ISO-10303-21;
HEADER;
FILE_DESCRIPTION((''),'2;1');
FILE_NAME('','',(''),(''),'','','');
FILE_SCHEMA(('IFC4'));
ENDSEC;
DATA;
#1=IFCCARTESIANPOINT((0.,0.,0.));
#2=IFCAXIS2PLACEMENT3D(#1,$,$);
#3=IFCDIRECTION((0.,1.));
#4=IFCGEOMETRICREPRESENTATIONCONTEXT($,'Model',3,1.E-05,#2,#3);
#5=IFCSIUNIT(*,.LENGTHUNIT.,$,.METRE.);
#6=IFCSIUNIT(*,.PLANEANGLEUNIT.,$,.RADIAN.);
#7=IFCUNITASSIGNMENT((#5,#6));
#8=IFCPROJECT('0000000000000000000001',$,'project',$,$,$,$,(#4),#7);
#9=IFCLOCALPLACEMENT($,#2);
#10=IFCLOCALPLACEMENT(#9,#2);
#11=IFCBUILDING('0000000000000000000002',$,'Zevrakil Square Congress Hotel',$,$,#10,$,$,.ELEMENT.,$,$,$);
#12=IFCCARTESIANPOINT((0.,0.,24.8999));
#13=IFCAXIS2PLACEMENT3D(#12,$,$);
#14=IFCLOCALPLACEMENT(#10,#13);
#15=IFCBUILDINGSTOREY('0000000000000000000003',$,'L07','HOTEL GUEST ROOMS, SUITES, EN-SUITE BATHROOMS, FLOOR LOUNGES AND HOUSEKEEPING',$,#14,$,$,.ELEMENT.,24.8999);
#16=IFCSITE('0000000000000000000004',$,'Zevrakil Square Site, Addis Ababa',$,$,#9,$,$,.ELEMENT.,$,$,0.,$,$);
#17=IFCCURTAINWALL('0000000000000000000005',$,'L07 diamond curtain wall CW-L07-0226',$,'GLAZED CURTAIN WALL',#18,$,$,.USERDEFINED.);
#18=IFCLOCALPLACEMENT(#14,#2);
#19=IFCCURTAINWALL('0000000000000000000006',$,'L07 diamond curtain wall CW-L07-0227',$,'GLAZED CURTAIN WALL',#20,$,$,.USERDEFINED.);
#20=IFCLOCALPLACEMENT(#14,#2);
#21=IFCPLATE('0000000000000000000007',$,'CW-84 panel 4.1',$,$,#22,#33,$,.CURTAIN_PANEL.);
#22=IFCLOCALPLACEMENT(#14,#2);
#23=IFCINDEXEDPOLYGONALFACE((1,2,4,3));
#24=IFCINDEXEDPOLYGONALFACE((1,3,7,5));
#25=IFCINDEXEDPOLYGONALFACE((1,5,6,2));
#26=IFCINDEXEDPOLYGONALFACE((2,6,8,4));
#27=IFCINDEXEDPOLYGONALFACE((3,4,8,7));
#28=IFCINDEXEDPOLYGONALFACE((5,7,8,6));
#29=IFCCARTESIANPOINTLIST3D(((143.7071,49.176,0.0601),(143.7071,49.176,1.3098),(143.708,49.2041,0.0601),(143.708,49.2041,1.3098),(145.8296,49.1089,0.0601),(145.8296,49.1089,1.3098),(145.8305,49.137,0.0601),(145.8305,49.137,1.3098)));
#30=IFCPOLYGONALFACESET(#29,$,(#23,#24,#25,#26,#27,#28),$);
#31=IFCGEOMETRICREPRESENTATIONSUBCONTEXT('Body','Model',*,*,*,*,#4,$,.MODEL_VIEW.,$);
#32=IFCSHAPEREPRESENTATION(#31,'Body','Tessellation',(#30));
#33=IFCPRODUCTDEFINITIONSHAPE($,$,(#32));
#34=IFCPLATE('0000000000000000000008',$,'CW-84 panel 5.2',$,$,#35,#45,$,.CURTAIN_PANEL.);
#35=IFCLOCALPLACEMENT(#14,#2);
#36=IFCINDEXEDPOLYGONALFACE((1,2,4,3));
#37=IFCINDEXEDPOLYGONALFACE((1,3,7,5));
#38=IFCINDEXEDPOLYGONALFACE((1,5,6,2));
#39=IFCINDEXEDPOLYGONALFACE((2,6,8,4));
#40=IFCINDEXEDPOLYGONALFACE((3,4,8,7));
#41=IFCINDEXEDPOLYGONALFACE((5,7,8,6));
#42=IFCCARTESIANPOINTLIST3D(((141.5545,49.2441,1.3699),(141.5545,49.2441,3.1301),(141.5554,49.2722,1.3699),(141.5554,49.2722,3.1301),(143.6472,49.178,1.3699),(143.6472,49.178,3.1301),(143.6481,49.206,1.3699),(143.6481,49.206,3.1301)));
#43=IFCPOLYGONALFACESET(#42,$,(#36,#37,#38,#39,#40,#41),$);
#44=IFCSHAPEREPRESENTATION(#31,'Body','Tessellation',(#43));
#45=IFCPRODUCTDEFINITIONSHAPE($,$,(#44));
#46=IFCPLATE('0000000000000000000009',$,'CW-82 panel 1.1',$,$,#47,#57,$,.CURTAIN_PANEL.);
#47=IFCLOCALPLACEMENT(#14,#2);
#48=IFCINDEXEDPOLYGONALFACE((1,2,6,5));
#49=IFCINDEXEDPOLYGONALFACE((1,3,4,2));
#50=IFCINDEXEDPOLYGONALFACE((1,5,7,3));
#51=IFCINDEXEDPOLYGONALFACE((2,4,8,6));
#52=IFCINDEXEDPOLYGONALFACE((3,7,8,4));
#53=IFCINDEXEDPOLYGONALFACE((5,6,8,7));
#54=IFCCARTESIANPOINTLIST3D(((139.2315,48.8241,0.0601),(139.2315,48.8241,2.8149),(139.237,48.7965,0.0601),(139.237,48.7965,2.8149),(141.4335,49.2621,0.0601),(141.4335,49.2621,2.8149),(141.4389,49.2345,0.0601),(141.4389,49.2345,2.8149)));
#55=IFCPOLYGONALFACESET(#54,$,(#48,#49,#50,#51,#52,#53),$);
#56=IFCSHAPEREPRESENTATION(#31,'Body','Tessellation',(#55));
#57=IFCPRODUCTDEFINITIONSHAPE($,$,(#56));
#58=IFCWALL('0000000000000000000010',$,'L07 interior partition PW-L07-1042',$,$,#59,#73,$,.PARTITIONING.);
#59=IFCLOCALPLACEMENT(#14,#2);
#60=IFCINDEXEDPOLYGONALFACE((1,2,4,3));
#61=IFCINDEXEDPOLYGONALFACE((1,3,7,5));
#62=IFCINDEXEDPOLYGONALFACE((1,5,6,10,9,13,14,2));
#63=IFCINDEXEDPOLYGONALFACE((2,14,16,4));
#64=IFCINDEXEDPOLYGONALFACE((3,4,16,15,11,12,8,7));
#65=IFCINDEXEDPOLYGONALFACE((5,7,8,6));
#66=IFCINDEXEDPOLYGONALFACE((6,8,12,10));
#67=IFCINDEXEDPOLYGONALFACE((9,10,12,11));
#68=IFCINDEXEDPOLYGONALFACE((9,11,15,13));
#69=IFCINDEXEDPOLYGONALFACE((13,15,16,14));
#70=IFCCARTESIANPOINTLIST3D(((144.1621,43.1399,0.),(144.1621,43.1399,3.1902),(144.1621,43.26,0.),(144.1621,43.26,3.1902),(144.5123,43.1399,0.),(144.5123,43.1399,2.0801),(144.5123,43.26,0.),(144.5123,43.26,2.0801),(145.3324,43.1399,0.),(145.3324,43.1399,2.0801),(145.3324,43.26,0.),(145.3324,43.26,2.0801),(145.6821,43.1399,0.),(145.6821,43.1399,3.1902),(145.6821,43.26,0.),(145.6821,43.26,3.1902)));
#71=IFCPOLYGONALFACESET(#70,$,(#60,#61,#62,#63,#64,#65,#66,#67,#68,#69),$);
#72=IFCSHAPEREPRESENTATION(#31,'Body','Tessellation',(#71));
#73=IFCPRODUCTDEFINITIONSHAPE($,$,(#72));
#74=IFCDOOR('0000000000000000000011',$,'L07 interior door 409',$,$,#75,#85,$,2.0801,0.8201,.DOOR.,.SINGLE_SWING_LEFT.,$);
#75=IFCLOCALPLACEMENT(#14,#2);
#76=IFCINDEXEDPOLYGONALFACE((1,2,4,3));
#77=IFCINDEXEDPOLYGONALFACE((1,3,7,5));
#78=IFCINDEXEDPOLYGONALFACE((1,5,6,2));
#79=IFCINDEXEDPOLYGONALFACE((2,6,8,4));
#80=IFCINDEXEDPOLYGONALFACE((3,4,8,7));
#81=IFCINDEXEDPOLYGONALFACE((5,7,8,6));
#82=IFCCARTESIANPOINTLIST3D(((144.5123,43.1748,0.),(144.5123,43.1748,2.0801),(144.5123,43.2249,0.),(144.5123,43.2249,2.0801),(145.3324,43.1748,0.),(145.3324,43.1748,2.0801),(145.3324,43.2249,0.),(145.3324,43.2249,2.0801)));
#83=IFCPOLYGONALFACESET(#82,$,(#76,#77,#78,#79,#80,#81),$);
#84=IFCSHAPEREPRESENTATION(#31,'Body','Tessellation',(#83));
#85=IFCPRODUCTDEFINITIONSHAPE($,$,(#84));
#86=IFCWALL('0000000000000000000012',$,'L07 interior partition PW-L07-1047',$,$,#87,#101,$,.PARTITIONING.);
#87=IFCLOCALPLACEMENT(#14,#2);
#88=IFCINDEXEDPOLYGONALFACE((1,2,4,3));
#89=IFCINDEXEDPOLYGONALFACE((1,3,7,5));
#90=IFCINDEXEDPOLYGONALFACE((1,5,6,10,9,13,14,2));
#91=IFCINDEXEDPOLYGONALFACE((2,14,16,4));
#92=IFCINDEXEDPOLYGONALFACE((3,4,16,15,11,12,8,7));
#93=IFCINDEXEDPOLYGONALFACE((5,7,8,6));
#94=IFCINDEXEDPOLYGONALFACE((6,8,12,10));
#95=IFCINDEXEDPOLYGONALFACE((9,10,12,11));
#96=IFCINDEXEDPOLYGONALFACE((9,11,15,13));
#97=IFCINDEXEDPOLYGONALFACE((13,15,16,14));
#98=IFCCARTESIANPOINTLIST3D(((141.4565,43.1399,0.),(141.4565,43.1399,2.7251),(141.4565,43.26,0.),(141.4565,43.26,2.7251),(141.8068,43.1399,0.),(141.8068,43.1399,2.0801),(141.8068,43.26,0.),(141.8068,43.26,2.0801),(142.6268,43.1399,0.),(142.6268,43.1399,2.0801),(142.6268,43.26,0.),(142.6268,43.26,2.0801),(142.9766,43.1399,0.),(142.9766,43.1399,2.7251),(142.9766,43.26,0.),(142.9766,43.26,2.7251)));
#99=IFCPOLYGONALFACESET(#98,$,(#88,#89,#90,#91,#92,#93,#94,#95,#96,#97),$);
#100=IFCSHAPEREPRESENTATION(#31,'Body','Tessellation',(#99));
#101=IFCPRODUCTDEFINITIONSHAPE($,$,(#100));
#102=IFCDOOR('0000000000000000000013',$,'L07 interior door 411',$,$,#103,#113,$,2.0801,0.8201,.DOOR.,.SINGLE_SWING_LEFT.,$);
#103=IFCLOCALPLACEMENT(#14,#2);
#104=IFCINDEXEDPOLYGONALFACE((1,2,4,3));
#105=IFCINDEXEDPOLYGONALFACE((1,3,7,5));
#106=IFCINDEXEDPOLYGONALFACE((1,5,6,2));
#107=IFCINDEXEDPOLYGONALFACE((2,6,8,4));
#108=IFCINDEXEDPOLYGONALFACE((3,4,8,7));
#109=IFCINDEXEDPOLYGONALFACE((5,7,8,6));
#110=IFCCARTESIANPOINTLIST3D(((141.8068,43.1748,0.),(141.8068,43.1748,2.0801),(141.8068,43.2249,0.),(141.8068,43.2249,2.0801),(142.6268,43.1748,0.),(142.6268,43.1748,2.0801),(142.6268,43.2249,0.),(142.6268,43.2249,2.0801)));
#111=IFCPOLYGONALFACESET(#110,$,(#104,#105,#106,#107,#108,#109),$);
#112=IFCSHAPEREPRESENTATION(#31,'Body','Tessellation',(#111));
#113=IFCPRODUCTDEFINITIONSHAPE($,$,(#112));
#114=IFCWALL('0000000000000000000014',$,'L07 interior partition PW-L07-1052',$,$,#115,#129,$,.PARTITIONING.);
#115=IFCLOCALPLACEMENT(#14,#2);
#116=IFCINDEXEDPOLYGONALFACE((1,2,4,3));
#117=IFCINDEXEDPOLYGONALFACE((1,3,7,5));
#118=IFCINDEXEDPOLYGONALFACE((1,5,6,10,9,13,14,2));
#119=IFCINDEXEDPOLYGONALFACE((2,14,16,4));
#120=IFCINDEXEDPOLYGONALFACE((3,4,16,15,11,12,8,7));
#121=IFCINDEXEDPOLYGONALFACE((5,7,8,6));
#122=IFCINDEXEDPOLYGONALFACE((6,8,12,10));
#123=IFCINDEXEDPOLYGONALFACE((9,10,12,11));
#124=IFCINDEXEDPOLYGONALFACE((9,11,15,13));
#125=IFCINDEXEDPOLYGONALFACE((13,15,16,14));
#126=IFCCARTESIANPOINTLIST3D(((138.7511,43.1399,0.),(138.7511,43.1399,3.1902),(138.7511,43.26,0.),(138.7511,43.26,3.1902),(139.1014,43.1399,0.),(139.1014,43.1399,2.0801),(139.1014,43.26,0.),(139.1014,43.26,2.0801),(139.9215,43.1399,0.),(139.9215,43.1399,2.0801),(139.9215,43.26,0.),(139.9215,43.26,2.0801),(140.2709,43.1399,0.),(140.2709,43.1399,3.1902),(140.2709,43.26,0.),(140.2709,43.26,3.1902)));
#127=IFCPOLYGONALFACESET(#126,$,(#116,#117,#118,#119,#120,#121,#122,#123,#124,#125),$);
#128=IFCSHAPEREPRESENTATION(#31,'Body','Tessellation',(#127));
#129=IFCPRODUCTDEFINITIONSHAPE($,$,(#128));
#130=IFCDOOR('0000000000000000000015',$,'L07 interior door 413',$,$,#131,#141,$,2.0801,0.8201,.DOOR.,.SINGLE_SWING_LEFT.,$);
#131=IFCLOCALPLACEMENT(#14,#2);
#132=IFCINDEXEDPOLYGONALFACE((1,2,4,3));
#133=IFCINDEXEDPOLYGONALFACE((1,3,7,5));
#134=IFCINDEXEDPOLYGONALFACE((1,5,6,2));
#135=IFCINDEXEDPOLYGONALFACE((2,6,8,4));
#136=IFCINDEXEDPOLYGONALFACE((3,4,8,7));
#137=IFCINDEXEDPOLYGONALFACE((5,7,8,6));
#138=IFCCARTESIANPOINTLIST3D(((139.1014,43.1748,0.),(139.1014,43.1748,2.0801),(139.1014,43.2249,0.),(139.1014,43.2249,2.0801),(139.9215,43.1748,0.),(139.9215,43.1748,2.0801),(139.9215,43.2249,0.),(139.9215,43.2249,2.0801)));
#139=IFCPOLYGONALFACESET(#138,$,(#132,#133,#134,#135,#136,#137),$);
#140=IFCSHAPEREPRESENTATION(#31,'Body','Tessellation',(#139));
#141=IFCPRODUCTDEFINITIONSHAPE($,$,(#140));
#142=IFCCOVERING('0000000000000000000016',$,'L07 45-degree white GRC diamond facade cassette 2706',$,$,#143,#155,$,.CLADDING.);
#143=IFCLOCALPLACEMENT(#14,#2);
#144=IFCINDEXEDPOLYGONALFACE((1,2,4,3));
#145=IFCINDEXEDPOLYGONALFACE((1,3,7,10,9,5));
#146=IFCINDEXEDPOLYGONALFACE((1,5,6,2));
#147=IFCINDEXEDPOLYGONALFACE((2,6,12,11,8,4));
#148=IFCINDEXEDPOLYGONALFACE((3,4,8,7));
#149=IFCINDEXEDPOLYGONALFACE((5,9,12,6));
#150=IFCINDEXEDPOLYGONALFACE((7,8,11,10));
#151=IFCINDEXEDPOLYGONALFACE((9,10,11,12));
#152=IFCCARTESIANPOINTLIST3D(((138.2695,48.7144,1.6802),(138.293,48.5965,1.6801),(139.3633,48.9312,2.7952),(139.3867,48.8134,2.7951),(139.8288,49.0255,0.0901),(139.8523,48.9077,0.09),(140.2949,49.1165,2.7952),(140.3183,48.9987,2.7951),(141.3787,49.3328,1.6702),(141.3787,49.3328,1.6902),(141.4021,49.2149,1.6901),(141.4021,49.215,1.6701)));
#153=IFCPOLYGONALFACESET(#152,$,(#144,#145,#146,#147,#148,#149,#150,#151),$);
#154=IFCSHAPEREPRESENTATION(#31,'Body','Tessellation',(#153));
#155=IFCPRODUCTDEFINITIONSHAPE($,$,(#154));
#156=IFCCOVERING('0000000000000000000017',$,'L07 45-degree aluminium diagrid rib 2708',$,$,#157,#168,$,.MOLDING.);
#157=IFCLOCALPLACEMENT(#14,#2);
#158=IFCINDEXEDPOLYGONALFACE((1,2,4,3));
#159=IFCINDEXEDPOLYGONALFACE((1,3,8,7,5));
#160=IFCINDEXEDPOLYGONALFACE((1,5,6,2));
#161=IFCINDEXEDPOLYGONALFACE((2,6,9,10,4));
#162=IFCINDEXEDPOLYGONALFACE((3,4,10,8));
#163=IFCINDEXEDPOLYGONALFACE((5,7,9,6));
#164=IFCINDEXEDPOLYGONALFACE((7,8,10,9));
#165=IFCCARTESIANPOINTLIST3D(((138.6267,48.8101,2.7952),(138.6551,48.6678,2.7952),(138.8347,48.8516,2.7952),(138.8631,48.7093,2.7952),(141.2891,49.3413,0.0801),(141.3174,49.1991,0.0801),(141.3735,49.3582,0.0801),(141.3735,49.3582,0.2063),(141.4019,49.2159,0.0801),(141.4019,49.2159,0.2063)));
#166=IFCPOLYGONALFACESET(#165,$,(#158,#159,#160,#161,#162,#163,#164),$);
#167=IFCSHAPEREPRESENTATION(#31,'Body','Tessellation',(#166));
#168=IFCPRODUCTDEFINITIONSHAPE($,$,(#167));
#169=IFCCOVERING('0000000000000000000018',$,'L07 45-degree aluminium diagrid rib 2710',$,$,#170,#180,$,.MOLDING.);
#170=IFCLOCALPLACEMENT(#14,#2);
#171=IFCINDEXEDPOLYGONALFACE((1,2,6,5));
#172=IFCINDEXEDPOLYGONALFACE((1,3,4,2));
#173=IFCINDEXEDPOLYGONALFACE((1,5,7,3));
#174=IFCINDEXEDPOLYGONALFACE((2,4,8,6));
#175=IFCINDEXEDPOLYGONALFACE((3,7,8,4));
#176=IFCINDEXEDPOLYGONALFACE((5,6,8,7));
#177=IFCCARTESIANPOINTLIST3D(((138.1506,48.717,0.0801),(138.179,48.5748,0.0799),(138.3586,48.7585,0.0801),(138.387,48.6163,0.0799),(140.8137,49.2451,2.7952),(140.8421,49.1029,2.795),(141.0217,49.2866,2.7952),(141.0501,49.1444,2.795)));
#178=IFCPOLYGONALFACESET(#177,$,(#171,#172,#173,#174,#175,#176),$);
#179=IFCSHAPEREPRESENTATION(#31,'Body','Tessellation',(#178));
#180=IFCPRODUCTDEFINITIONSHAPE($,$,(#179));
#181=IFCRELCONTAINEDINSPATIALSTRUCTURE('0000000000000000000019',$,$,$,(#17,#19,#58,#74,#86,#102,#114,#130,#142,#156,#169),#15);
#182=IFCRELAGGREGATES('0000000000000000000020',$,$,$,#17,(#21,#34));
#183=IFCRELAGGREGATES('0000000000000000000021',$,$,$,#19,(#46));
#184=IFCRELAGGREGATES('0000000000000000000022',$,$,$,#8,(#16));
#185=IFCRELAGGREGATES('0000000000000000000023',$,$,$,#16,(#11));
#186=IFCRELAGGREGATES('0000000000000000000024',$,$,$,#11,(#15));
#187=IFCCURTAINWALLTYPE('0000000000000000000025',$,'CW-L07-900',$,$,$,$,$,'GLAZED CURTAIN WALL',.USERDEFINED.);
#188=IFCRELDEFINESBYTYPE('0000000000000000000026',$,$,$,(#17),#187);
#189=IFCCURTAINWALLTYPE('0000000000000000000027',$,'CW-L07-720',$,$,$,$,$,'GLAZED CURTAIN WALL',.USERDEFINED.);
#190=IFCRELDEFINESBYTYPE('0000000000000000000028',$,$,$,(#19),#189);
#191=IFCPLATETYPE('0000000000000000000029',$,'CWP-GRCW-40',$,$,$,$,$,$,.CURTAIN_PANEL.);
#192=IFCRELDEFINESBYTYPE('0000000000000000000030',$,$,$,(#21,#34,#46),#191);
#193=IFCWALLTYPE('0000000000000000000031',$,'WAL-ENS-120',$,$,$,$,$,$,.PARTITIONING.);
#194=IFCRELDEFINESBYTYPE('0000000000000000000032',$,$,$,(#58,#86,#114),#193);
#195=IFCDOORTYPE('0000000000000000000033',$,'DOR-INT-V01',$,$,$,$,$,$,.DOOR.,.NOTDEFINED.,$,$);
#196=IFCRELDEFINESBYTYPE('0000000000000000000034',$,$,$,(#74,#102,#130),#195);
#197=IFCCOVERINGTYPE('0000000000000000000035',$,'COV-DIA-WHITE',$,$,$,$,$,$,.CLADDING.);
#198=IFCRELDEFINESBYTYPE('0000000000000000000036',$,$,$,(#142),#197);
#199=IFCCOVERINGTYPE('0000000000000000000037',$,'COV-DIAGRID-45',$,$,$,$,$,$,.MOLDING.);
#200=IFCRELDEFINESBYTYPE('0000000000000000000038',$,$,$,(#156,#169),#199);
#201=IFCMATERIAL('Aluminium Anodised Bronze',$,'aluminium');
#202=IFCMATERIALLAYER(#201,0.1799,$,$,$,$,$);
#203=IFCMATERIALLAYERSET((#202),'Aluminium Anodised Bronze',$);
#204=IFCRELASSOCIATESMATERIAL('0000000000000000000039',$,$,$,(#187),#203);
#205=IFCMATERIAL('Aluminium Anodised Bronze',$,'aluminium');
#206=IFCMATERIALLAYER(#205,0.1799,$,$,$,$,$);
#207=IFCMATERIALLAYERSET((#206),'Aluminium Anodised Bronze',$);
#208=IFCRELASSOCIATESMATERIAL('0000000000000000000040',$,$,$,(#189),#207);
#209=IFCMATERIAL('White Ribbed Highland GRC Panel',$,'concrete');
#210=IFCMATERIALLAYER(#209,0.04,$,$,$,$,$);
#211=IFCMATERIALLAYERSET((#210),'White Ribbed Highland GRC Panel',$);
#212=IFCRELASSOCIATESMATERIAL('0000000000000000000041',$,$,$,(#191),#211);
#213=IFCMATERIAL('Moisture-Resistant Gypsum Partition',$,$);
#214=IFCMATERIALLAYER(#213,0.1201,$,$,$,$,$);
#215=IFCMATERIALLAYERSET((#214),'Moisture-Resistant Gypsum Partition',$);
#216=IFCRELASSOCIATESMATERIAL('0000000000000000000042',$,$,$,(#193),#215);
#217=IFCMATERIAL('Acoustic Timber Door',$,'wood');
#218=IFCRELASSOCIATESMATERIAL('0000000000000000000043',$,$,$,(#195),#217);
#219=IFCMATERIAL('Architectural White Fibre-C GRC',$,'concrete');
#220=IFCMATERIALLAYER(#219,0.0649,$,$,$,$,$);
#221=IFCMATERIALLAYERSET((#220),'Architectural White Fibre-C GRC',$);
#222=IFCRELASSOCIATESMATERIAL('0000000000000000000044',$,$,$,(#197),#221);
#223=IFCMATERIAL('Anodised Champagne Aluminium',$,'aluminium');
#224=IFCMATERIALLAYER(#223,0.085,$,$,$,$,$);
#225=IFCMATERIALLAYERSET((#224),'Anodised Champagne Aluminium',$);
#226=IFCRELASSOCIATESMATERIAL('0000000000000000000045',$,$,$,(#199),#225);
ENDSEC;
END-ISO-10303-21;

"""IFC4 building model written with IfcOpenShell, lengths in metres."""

from ifc_helpers import new_model, si_unit, direction, frame, frame_2d, origin, origin_2d, place, context, subcontext, project, spatial, polyline, rectangle, outline, extrude, material, layer, layer_set, type_object, element, fill, aggregate, save


model = new_model("IFC4")

# Units and contexts
model_context = context("Model", 3, precision=1e-05, world=origin(), true_north=direction((0.0, 1.0)))
body_context = subcontext(model_context, "Body", "Model", "MODEL_VIEW")
ifc_project = project(units=[si_unit("LENGTHUNIT", "METRE"), si_unit("PLANEANGLEUNIT", "RADIAN")], contexts=[model_context])

# Site, building, storey
site_placement = place(None, origin())
site = spatial("IfcSite", under=ifc_project, at=site_placement, Name="Zevrakil Square Site, Addis Ababa", CompositionType="ELEMENT", RefElevation=0.0)
building_placement = place(site_placement, origin())
building = spatial("IfcBuilding", under=site, at=building_placement, Name="Zevrakil Square Congress Hotel", CompositionType="ELEMENT")
storey_placement = place(building_placement, frame((0.0, 0.0, 24.8999)))
storey = spatial("IfcBuildingStorey", under=building, at=storey_placement, Name="L07", Description="HOTEL GUEST ROOMS, SUITES, EN-SUITE BATHROOMS, FLOOR LOUNGES AND HOUSEKEEPING", CompositionType="ELEMENT", Elevation=24.8999)

# Curtain walls
ifc_material_1 = material(Name="Aluminium Anodised Bronze", Category="aluminium")
ifc_layer_1 = layer(ifc_material_1, 0.1799)
ifc_layer_set_1 = layer_set([ifc_layer_1], Name="Aluminium Anodised Bronze")
curtain_wall_type_1 = type_object("IfcCurtainWallType", Name="CW-L07-900", ElementType="GLAZED CURTAIN WALL", PredefinedType="USERDEFINED", material=ifc_layer_set_1)
curtain_wall_1_placement = place(storey_placement, origin())
curtain_wall_1 = element("IfcCurtainWall", 1, at=curtain_wall_1_placement, inside=storey, type_object=curtain_wall_type_1, Name="L07 diamond curtain wall CW-L07-0226", ObjectType="GLAZED CURTAIN WALL", PredefinedType="USERDEFINED")
ifc_material_2 = material(Name="Aluminium Anodised Bronze", Category="aluminium")
ifc_layer_2 = layer(ifc_material_2, 0.1799)
ifc_layer_set_2 = layer_set([ifc_layer_2], Name="Aluminium Anodised Bronze")
curtain_wall_type_2 = type_object("IfcCurtainWallType", Name="CW-L07-720", ElementType="GLAZED CURTAIN WALL", PredefinedType="USERDEFINED", material=ifc_layer_set_2)
curtain_wall_2_placement = place(storey_placement, origin())
curtain_wall_2 = element("IfcCurtainWall", 2, at=curtain_wall_2_placement, inside=storey, type_object=curtain_wall_type_2, Name="L07 diamond curtain wall CW-L07-0227", ObjectType="GLAZED CURTAIN WALL", PredefinedType="USERDEFINED")

# Plates
ifc_material_3 = material(Name="White Ribbed Highland GRC Panel", Category="concrete")
ifc_layer_3 = layer(ifc_material_3, 0.04)
ifc_layer_set_3 = layer_set([ifc_layer_3], Name="White Ribbed Highland GRC Panel")
plate_type_1 = type_object("IfcPlateType", Name="CWP-GRCW-40", PredefinedType="CURTAIN_PANEL", material=ifc_layer_set_3)
plate_1_placement = place(storey_placement, frame((144.7688, 49.1565, 0.0601), z_axis=(0.0, 0.0, 1.0), x_axis=(-0.999501, 0.031598, 0.0)))
plate_1 = element("IfcPlate", 3, at=plate_1_placement, type_object=plate_type_1, Name="CW-84 panel 4.1", PredefinedType="CURTAIN_PANEL", context=body_context, shape_type="SweptSolid", body=[
    extrude(rectangle(XDim=2.1235, YDim=0.0281, at=origin_2d()), origin(), (0.0, 0.0, 1.0), 1.2498),
])
plate_2_placement = place(storey_placement, frame((142.6013, 49.2251, 1.3699), z_axis=(0.0, 0.0, 1.0), x_axis=(-0.999501, 0.031598, 0.0)))
plate_2 = element("IfcPlate", 4, at=plate_2_placement, type_object=plate_type_1, Name="CW-84 panel 5.2", PredefinedType="CURTAIN_PANEL", context=body_context, shape_type="SweptSolid", body=[
    extrude(rectangle(XDim=2.0938, YDim=0.0281, at=origin_2d()), origin(), (0.0, 0.0, 1.0), 1.7603),
])
aggregate(curtain_wall_1, [plate_1, plate_2])
plate_3_placement = place(storey_placement, frame((140.3352, 49.0293, 0.0601), z_axis=(0.0, 0.0, 1.0), x_axis=(-0.980787, -0.195084, 0.0)))
plate_3 = element("IfcPlate", 5, at=plate_3_placement, type_object=plate_type_1, Name="CW-82 panel 1.1", PredefinedType="CURTAIN_PANEL", context=body_context, shape_type="SweptSolid", body=[
    extrude(rectangle(XDim=2.2451, YDim=0.0281, at=origin_2d()), origin(), (0.0, 0.0, 1.0), 2.7549),
])
aggregate(curtain_wall_2, [plate_3])

# Walls, openings, doors
ifc_material_4 = material(Name="Moisture-Resistant Gypsum Partition")
ifc_layer_4 = layer(ifc_material_4, 0.1201)
ifc_layer_set_4 = layer_set([ifc_layer_4], Name="Moisture-Resistant Gypsum Partition")
wall_type = type_object("IfcWallType", Name="WAL-ENS-120", PredefinedType="PARTITIONING", material=ifc_layer_set_4)
wall_1_placement = place(storey_placement, frame((144.1621, 43.2, 0.0), z_axis=(0.0, 0.0, 1.0), x_axis=(1.0, 0.0, 0.0)))
wall_1 = element("IfcWall", 6, at=wall_1_placement, inside=storey, type_object=wall_type, Name="L07 interior partition PW-L07-1042", PredefinedType="PARTITIONING", context=body_context, shape_type="SweptSolid", body=[
    extrude(rectangle(XDim=1.52, YDim=0.1201, at=frame_2d((0.76, 0.0))), origin(), (0.0, 0.0, 1.0), 3.1902),
])
opening_1_placement = place(wall_1_placement, frame((0.3501, 0.0, 0.0)))
opening_1 = element("IfcOpeningElement", 7, at=opening_1_placement, cuts=wall_1, PredefinedType="OPENING", context=body_context, shape_type="SweptSolid", body=[
    extrude(rectangle(XDim=0.8201, YDim=2.0801, at=frame_2d((0.4102, 1.04))), frame((0.0, 0.0701, 0.0), z_axis=(0.0, -1.0, 0.0), x_axis=(1.0, 0.0, 0.0)), (0.0, 0.0, 1.0), 0.1401),
])
ifc_material_5 = material(Name="Acoustic Timber Door", Category="wood")
door_type = type_object("IfcDoorType", Name="DOR-INT-V01", OperationType="NOTDEFINED", PredefinedType="DOOR", material=ifc_material_5)
door_1_placement = place(opening_1_placement, origin())
door_1 = element("IfcDoor", 8, at=door_1_placement, inside=storey, type_object=door_type, Name="L07 interior door 409", OperationType="SINGLE_SWING_LEFT", OverallHeight=2.0801, OverallWidth=0.8201, PredefinedType="DOOR", context=body_context, shape_type="SweptSolid", body=[
    extrude(rectangle(XDim=0.8201, YDim=2.0801, at=frame_2d((0.4102, 1.04))), frame((0.0, 0.0249, 0.0), z_axis=(0.0, -1.0, 0.0), x_axis=(1.0, 0.0, 0.0)), (0.0, 0.0, 1.0), 0.05),
])
fill(opening_1, door_1)
wall_2_placement = place(storey_placement, frame((141.4565, 43.2, 0.0), z_axis=(0.0, 0.0, 1.0), x_axis=(1.0, 0.0, 0.0)))
wall_2 = element("IfcWall", 9, at=wall_2_placement, inside=storey, type_object=wall_type, Name="L07 interior partition PW-L07-1047", PredefinedType="PARTITIONING", context=body_context, shape_type="SweptSolid", body=[
    extrude(rectangle(XDim=1.52, YDim=0.1201, at=frame_2d((0.76, 0.0))), origin(), (0.0, 0.0, 1.0), 2.7251),
])
opening_2_placement = place(wall_2_placement, frame((0.3501, 0.0, 0.0)))
opening_2 = element("IfcOpeningElement", 10, at=opening_2_placement, cuts=wall_2, PredefinedType="OPENING", context=body_context, shape_type="SweptSolid", body=[
    extrude(rectangle(XDim=0.8201, YDim=2.0801, at=frame_2d((0.4102, 1.04))), frame((0.0, 0.0701, 0.0), z_axis=(0.0, -1.0, 0.0), x_axis=(1.0, 0.0, 0.0)), (0.0, 0.0, 1.0), 0.1401),
])
door_2_placement = place(opening_2_placement, origin())
door_2 = element("IfcDoor", 11, at=door_2_placement, inside=storey, type_object=door_type, Name="L07 interior door 411", OperationType="SINGLE_SWING_LEFT", OverallHeight=2.0801, OverallWidth=0.8201, PredefinedType="DOOR", context=body_context, shape_type="SweptSolid", body=[
    extrude(rectangle(XDim=0.8201, YDim=2.0801, at=frame_2d((0.4102, 1.04))), frame((0.0, 0.0249, 0.0), z_axis=(0.0, -1.0, 0.0), x_axis=(1.0, 0.0, 0.0)), (0.0, 0.0, 1.0), 0.05),
])
fill(opening_2, door_2)
wall_3_placement = place(storey_placement, frame((138.7512, 43.2, 0.0), z_axis=(0.0, 0.0, 1.0), x_axis=(1.0, 0.0, 0.0)))
wall_3 = element("IfcWall", 12, at=wall_3_placement, inside=storey, type_object=wall_type, Name="L07 interior partition PW-L07-1052", PredefinedType="PARTITIONING", context=body_context, shape_type="SweptSolid", body=[
    extrude(rectangle(XDim=1.5198, YDim=0.1201, at=frame_2d((0.7598, 0.0))), origin(), (0.0, 0.0, 1.0), 3.1902),
])
opening_3_placement = place(wall_3_placement, frame((0.3501, 0.0, 0.0)))
opening_3 = element("IfcOpeningElement", 13, at=opening_3_placement, cuts=wall_3, PredefinedType="OPENING", context=body_context, shape_type="SweptSolid", body=[
    extrude(rectangle(XDim=0.8201, YDim=2.0801, at=frame_2d((0.4102, 1.04))), frame((0.0, 0.0701, 0.0), z_axis=(0.0, -1.0, 0.0), x_axis=(1.0, 0.0, 0.0)), (0.0, 0.0, 1.0), 0.1401),
])
door_3_placement = place(opening_3_placement, origin())
door_3 = element("IfcDoor", 14, at=door_3_placement, inside=storey, type_object=door_type, Name="L07 interior door 413", OperationType="SINGLE_SWING_LEFT", OverallHeight=2.0801, OverallWidth=0.8201, PredefinedType="DOOR", context=body_context, shape_type="SweptSolid", body=[
    extrude(rectangle(XDim=0.8201, YDim=2.0801, at=frame_2d((0.4102, 1.04))), frame((0.0, 0.0249, 0.0), z_axis=(0.0, -1.0, 0.0), x_axis=(1.0, 0.0, 0.0)), (0.0, 0.0, 1.0), 0.05),
])
fill(opening_3, door_3)

# Coverings
ifc_material_6 = material(Name="Architectural White Fibre-C GRC", Category="concrete")
ifc_layer_5 = layer(ifc_material_6, 0.0649)
ifc_layer_set_5 = layer_set([ifc_layer_5], Name="Architectural White Fibre-C GRC")
covering_type_1 = type_object("IfcCoveringType", Name="COV-DIA-WHITE", PredefinedType="CLADDING", material=ifc_layer_set_5)
covering_1_placement = place(storey_placement, frame((138.2695, 48.7144, 1.6802), z_axis=(-0.195079, 0.980787, 0.000599), x_axis=(0.693429, 0.138355, -0.707116)))
element("IfcCovering", 15, at=covering_1_placement, inside=storey, type_object=covering_type_1, Name="L07 45-degree white GRC diamond facade cassette 2706", PredefinedType="CLADDING", context=body_context, shape_type="SweptSolid", body=[
    extrude(outline(polyline([(0.0, 0.0), (2.2487, 0.0), (2.2486, -2.2345), (2.2344, -2.2487), (0.6717, -2.2485), (0.0, -1.5769), (0.0, 0.0)])), origin(), (0.0, 0.0, -1.0), 0.1201),
])
ifc_material_7 = material(Name="Anodised Champagne Aluminium", Category="aluminium")
ifc_layer_6 = layer(ifc_material_7, 0.085)
ifc_layer_set_6 = layer_set([ifc_layer_6], Name="Anodised Champagne Aluminium")
covering_type_2 = type_object("IfcCoveringType", Name="COV-DIAGRID-45", PredefinedType="MOLDING", material=ifc_layer_set_6)
covering_2_placement = place(storey_placement, frame((141.2891, 49.3413, 0.0801), z_axis=(-0.195654, 0.980673, 0.000027), x_axis=(0.980673, 0.195654, 0.0)))
element("IfcCovering", 16, at=covering_2_placement, inside=storey, type_object=covering_type_2, Name="L07 45-degree aluminium diagrid rib 2708", PredefinedType="MOLDING", context=body_context, shape_type="SweptSolid", body=[
    extrude(outline(polyline([(0.0, 0.0), (0.0861, 0.0), (0.0861, -0.1262), (-2.5027, -2.7151), (-2.7148, -2.7151), (0.0, 0.0)])), origin(), (0.0, 0.0, -1.0), 0.145),
])
covering_3_placement = place(storey_placement, frame((141.0217, 49.2866, 2.7952), z_axis=(-0.195673, 0.980668, 0.001189), x_axis=(-0.980669, -0.195673, 0.0)))
element("IfcCovering", 17, at=covering_3_placement, inside=storey, type_object=covering_type_2, Name="L07 45-degree aluminium diagrid rib 2710", PredefinedType="MOLDING", context=body_context, shape_type="SweptSolid", body=[
    extrude(outline(polyline([(0.0, 0.0), (0.2121, 0.0), (2.927, -2.7151), (2.7149, -2.7151), (0.0, 0.0)])), origin(), (0.0, 0.0, -1.0), 0.145),
])

save(model, "model.ifc")
